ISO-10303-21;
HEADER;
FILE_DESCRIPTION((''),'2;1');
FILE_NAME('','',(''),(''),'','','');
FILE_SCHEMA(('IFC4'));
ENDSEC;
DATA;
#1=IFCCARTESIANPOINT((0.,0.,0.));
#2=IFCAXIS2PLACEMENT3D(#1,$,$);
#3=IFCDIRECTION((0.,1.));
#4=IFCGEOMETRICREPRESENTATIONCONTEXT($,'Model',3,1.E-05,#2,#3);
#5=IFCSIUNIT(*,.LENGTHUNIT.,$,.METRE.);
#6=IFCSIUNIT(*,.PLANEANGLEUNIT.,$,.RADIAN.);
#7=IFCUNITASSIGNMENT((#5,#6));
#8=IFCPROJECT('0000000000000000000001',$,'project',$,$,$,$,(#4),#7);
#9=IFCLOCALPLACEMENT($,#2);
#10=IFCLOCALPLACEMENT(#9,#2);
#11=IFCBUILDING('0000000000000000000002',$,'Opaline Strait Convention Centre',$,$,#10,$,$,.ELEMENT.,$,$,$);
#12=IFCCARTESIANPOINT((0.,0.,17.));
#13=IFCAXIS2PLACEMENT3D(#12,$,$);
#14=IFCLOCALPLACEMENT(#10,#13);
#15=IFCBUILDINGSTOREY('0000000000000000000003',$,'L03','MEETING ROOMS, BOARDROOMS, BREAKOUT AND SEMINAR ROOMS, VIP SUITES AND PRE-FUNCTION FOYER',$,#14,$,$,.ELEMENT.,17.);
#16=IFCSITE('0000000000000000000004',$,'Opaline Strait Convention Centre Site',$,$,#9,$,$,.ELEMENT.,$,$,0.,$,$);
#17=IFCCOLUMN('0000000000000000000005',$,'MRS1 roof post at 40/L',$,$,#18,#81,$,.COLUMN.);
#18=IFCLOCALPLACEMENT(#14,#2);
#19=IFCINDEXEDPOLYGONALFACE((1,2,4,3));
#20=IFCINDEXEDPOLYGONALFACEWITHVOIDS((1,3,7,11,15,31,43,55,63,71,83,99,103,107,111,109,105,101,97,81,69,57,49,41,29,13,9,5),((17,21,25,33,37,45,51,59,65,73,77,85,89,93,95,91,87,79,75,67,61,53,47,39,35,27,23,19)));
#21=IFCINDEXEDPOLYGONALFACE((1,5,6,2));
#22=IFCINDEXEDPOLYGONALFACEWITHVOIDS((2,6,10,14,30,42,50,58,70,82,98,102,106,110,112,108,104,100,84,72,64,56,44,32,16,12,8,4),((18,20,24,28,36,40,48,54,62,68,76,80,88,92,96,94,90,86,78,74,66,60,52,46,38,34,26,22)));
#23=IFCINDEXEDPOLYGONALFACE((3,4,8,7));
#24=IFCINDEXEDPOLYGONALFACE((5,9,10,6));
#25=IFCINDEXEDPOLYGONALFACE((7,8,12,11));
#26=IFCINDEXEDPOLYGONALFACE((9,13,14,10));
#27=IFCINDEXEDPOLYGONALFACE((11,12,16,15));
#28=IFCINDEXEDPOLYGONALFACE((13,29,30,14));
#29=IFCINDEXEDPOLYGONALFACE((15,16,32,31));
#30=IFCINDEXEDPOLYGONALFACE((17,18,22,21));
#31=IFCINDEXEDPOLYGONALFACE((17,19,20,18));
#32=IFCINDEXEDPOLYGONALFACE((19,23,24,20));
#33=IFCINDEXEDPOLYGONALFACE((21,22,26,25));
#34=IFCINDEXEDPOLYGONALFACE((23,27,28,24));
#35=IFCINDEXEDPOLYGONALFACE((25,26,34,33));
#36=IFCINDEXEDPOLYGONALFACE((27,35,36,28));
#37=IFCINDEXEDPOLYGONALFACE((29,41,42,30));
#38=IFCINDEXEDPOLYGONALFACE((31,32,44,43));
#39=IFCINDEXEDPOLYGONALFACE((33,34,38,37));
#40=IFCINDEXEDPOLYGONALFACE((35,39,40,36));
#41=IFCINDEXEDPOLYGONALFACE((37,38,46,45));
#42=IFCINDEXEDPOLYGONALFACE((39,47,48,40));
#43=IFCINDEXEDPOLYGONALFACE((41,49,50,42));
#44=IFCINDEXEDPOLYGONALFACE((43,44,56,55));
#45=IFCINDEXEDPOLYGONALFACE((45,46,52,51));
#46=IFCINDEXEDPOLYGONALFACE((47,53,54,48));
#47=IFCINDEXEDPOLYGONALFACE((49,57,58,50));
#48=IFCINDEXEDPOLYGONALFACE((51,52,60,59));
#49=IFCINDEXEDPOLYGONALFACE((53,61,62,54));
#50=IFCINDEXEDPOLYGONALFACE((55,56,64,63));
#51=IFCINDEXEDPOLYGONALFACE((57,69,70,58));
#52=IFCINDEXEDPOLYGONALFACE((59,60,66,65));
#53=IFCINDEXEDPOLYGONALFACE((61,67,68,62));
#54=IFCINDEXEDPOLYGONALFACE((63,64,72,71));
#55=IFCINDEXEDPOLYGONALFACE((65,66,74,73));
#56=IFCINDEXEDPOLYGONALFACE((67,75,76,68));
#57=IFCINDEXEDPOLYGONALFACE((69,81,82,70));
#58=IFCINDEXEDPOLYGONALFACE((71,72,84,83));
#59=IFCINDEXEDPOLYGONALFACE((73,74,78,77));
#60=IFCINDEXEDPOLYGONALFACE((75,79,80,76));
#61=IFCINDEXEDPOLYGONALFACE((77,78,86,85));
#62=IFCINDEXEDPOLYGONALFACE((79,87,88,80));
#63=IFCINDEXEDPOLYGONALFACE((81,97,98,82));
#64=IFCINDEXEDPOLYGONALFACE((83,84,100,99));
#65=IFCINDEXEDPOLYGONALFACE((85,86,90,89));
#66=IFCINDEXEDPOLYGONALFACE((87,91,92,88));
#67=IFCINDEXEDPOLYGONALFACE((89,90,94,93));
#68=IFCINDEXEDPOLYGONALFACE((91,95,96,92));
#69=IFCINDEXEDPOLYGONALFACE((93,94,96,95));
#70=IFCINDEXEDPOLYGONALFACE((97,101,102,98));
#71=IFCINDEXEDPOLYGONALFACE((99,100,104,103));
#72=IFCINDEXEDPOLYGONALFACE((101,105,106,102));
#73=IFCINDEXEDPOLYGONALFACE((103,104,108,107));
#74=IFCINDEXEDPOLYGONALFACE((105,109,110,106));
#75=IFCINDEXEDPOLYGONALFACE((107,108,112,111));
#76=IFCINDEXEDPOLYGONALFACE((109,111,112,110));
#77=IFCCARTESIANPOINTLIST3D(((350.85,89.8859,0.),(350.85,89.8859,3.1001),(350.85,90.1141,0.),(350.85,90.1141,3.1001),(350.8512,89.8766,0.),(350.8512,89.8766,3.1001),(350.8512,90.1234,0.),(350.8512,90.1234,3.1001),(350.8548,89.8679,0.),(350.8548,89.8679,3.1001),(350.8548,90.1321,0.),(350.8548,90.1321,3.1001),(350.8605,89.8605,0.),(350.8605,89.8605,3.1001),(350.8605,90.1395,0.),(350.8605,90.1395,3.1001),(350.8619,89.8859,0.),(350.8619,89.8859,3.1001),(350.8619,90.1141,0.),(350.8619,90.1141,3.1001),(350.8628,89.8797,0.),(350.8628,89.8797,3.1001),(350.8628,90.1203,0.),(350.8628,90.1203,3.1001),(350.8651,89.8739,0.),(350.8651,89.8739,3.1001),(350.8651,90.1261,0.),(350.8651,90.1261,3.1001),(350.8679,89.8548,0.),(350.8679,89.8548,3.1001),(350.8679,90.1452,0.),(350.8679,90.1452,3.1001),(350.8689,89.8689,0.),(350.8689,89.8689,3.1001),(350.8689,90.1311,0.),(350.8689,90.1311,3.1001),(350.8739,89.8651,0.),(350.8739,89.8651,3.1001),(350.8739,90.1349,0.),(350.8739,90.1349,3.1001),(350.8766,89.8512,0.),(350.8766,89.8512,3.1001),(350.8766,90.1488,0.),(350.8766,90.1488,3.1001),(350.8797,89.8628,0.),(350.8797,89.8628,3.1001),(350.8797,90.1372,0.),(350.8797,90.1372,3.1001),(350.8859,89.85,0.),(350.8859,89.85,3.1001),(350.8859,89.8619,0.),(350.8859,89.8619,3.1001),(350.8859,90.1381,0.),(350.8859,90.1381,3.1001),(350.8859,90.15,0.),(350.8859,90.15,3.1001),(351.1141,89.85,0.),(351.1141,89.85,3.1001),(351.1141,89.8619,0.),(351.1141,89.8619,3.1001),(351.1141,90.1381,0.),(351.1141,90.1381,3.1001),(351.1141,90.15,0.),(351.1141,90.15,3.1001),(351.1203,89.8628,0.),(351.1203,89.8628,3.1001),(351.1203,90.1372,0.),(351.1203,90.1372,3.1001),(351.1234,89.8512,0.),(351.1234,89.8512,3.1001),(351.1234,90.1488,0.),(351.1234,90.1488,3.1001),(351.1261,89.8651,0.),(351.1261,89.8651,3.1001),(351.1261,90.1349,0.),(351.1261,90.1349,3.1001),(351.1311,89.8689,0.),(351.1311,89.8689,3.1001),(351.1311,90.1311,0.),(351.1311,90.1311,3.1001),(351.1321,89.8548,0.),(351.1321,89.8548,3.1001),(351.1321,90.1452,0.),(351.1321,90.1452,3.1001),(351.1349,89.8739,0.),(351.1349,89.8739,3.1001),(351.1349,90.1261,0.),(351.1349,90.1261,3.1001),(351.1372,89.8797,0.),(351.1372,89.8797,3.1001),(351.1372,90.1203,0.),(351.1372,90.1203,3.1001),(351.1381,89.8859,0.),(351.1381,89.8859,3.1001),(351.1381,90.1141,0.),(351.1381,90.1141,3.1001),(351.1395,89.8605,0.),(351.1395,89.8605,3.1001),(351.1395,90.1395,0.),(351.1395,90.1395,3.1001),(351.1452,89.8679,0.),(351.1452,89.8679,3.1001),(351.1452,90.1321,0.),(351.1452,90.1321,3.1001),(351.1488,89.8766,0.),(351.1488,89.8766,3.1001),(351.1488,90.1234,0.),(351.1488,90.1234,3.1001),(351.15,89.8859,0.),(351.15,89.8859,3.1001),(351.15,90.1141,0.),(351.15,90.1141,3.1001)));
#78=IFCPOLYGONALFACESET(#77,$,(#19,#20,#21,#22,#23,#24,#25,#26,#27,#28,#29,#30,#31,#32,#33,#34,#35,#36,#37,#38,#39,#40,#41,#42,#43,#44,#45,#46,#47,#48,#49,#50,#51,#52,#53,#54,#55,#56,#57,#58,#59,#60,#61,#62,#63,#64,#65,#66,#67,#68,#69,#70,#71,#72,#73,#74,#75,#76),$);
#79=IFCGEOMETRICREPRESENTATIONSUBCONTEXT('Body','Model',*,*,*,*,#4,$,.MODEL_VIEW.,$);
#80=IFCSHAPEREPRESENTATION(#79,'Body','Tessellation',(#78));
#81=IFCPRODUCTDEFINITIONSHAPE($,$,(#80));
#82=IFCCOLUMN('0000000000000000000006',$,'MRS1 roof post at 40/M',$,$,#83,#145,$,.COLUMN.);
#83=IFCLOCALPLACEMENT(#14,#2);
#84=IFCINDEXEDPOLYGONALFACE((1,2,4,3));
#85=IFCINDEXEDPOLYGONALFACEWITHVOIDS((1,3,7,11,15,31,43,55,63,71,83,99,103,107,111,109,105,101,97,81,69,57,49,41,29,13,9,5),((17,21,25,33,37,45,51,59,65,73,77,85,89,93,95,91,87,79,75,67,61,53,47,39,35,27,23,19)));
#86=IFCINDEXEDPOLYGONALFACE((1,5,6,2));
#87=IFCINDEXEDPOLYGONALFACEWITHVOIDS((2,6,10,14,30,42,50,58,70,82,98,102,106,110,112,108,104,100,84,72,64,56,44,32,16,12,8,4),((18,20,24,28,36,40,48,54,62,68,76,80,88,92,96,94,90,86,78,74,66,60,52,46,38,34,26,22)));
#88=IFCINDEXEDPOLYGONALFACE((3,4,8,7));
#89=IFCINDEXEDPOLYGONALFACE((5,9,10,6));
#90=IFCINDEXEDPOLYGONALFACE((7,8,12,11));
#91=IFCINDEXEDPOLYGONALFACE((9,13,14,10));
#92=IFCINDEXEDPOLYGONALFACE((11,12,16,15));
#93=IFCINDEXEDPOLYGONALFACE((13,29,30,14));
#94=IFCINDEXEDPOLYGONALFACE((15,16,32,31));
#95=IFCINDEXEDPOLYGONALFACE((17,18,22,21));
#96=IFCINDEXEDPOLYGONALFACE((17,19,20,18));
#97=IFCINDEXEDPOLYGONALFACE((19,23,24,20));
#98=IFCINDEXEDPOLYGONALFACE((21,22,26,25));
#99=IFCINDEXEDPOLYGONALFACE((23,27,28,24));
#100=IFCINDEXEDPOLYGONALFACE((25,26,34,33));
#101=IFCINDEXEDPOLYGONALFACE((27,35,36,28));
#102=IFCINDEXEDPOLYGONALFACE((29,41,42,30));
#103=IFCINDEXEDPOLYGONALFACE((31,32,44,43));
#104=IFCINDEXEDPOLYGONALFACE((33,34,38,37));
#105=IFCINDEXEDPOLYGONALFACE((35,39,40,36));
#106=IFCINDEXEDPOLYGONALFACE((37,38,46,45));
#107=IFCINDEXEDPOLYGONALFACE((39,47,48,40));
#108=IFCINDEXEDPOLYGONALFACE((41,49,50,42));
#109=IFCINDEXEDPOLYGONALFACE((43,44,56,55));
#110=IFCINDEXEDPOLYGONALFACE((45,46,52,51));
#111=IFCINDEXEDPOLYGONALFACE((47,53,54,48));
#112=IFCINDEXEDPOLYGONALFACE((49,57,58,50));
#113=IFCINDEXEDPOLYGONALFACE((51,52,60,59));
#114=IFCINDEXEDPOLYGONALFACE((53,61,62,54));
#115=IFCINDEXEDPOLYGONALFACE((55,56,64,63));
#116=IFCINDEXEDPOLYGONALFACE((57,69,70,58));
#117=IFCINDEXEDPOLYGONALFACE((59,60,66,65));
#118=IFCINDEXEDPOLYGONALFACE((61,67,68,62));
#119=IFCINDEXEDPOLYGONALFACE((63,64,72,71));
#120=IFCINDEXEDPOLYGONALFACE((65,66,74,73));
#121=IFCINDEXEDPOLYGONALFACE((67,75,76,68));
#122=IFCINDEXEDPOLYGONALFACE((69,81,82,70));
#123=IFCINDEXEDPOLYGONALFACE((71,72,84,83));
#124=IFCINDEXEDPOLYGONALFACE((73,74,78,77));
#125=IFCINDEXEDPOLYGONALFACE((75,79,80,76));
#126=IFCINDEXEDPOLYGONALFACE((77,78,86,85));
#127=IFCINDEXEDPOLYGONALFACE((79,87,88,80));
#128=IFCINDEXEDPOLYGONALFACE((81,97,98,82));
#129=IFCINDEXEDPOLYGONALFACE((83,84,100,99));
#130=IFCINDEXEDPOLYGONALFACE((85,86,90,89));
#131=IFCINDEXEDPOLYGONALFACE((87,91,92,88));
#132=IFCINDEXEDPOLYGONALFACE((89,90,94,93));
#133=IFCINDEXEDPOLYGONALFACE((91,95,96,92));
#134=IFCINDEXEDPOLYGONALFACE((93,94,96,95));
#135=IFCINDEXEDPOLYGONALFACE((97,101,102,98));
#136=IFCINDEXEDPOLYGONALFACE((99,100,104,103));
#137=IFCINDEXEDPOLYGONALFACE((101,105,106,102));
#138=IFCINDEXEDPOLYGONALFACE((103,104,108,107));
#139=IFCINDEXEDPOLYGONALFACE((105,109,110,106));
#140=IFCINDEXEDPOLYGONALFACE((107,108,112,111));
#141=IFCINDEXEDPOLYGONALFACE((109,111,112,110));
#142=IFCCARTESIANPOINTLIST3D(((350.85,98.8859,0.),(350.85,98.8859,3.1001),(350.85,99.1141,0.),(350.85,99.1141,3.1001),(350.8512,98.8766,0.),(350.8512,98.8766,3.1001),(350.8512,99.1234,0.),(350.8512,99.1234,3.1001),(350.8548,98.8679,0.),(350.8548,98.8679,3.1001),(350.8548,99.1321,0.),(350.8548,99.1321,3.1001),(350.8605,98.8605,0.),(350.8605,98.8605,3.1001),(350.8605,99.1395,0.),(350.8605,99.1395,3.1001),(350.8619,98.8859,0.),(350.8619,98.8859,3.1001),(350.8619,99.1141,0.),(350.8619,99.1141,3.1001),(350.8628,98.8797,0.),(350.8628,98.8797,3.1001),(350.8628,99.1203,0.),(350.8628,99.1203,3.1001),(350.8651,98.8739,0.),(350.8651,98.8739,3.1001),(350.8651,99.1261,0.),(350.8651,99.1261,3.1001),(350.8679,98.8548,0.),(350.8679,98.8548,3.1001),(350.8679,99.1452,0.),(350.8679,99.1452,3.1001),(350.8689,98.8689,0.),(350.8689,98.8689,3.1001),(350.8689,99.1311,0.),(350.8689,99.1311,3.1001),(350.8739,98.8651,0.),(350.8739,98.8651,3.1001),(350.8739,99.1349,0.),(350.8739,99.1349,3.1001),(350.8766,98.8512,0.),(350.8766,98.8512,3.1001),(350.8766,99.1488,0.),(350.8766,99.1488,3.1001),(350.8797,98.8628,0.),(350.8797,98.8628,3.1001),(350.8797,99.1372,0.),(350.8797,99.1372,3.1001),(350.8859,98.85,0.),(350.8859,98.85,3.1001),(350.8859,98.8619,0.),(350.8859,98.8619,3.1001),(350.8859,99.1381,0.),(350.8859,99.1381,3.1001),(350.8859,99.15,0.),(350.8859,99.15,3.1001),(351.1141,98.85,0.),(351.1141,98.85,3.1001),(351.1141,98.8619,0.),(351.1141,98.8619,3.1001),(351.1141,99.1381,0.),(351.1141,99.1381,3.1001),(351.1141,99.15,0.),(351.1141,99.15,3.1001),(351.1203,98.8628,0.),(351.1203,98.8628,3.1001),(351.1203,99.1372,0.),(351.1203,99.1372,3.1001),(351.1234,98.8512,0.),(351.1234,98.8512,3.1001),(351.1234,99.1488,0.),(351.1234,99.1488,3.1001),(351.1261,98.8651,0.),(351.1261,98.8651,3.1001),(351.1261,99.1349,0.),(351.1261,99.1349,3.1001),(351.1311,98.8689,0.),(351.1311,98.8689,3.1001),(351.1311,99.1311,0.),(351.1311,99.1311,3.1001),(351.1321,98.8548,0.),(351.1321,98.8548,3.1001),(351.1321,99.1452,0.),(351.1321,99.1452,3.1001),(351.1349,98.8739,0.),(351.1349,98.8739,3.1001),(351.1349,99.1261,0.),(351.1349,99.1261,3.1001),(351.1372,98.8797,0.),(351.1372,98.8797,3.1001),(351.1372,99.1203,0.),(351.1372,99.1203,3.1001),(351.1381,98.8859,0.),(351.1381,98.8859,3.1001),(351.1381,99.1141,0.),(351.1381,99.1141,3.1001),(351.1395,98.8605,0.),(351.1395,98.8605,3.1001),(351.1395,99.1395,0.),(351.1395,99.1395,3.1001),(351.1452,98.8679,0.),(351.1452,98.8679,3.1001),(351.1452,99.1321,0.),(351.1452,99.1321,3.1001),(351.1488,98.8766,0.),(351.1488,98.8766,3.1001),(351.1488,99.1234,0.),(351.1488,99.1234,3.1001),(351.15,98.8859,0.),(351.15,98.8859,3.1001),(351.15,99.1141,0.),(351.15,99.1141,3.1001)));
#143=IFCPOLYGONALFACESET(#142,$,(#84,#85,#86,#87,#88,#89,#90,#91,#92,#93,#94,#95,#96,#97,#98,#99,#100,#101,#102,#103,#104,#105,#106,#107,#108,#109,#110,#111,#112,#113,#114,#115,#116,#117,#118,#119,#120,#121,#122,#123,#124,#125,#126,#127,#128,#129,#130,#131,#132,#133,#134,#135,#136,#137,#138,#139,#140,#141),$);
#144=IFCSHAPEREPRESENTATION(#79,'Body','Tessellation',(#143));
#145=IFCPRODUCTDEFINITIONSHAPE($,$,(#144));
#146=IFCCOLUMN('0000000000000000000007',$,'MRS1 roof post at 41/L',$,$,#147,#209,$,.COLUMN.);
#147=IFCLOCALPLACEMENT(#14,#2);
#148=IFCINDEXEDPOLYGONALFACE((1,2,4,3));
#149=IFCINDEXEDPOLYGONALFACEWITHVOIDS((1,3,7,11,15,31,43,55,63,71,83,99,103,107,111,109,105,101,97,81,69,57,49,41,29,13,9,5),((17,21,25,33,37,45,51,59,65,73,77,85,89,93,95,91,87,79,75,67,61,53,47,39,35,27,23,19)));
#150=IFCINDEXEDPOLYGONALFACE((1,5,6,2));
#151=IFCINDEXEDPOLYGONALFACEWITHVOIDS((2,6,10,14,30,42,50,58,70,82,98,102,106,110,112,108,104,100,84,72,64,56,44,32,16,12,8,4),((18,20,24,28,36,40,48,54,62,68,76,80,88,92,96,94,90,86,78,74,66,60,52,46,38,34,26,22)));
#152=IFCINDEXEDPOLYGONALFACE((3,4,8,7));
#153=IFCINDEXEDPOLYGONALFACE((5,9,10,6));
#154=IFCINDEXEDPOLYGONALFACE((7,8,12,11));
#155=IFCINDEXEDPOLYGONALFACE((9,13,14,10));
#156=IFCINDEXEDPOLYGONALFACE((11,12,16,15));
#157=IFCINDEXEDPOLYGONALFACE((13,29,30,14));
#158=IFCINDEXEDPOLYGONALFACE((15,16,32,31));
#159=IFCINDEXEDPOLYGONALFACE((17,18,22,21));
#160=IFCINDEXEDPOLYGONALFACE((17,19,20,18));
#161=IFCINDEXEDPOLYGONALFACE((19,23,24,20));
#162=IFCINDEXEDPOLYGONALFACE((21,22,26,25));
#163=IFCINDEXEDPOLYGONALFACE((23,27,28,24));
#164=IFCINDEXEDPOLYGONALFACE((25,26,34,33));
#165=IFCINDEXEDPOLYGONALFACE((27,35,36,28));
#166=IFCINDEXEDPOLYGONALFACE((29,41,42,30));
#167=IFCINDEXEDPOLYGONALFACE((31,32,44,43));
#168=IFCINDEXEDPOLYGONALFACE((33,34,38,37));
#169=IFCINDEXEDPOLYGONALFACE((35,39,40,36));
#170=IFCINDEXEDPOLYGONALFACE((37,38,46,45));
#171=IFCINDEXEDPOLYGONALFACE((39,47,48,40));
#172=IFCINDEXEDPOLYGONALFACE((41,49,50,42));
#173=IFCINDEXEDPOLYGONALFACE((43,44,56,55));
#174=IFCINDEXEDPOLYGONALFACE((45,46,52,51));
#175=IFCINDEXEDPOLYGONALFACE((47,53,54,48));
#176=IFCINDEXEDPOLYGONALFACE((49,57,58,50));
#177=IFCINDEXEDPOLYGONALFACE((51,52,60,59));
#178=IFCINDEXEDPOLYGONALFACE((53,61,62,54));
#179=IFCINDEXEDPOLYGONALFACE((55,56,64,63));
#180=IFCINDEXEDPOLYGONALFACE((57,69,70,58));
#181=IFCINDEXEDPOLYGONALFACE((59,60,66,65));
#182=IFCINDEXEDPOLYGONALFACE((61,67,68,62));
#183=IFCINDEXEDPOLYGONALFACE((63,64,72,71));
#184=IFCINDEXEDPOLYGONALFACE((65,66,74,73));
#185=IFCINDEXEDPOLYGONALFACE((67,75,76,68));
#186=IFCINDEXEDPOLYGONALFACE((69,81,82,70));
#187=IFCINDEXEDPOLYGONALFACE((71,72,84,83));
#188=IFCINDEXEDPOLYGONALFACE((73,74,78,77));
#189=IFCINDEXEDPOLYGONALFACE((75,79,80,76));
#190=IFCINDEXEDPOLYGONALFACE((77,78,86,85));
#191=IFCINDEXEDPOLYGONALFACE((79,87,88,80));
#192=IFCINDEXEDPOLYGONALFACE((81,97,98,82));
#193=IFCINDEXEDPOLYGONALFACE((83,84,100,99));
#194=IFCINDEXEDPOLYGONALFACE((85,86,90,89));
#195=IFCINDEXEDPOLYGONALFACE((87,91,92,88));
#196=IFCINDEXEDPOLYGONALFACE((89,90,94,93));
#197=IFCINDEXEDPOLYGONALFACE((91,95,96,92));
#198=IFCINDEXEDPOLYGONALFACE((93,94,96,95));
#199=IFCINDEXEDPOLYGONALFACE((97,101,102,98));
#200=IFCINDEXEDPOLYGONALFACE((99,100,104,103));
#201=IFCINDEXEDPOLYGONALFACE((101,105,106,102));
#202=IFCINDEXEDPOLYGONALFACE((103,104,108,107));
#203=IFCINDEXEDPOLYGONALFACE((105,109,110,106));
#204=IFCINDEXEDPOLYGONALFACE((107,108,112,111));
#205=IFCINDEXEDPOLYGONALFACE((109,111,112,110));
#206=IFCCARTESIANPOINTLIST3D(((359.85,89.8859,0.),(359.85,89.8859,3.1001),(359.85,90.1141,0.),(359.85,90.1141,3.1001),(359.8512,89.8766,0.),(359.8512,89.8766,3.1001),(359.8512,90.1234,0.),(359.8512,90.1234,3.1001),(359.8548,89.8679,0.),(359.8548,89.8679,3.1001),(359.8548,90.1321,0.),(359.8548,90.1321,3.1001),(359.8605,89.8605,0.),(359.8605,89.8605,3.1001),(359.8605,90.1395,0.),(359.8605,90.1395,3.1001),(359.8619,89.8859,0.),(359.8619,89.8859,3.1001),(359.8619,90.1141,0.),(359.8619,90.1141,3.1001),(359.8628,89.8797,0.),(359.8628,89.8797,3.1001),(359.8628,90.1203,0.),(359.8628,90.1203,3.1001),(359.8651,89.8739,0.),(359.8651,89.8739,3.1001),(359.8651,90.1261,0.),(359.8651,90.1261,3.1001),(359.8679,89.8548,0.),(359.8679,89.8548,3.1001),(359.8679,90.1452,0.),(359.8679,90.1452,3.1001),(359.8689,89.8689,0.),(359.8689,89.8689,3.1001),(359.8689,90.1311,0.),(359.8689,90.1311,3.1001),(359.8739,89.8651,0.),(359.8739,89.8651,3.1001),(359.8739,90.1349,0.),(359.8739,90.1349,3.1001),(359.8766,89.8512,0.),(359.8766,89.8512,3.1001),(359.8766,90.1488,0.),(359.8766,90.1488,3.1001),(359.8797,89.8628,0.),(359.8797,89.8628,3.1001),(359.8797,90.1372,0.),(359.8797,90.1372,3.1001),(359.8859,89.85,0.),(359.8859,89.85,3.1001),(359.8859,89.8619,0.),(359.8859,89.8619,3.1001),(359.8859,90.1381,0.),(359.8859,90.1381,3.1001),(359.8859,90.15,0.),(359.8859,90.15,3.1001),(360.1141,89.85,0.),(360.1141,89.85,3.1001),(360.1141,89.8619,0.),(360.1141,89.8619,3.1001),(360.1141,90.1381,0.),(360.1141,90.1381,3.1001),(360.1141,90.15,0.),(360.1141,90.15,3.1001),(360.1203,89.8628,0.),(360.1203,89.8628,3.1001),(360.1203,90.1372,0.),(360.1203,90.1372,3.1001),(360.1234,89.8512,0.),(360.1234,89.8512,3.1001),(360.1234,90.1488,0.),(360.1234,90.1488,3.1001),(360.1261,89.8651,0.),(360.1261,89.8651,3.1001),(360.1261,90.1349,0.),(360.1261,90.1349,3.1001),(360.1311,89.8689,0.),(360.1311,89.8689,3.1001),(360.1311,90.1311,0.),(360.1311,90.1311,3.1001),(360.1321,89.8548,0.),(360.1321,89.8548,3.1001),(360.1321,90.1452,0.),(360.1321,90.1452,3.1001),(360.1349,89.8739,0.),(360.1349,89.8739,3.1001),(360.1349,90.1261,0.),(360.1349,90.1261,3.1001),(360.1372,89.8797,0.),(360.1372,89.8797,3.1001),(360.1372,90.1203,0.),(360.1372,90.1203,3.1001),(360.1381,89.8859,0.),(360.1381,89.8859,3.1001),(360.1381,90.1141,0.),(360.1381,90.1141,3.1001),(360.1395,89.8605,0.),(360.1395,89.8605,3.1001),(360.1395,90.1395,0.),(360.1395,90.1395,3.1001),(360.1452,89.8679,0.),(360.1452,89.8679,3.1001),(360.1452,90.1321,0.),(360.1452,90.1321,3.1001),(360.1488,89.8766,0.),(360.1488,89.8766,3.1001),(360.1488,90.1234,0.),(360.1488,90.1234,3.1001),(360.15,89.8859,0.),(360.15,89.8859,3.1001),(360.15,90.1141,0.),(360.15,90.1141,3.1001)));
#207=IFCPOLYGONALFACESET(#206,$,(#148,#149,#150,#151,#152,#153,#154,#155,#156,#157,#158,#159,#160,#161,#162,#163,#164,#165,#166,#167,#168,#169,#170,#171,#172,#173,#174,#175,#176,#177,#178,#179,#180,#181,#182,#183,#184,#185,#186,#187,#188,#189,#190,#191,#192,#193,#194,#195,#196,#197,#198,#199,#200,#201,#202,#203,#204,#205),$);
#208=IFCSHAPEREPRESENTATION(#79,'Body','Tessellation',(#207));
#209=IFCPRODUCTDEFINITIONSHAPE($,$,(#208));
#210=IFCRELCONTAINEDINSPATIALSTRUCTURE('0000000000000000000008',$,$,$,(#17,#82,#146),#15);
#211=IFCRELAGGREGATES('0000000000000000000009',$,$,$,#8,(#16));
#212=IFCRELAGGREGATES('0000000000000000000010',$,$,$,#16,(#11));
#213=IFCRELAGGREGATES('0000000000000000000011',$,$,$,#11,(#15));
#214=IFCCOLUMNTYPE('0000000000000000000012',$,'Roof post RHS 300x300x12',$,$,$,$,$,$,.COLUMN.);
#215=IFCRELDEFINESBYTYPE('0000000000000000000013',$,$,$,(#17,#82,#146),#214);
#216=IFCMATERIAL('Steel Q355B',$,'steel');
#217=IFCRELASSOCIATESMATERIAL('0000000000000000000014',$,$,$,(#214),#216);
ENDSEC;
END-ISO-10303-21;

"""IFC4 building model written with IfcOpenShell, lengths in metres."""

from ifc_helpers import new_model, si_unit, direction, frame, origin, origin_2d, place, context, subcontext, project, spatial, hollow_rectangle, extrude, material, material_profile, profile_set, type_object, element, save


model = new_model("IFC4")

# Units and contexts
model_context = context("Model", 3, precision=1e-05, world=origin(), true_north=direction((0.0, 1.0)))
body_context = subcontext(model_context, "Body", "Model", "MODEL_VIEW")
ifc_project = project(units=[si_unit("LENGTHUNIT", "METRE"), si_unit("PLANEANGLEUNIT", "RADIAN")], contexts=[model_context])

# Site, building, storey
site_placement = place(None, origin())
site = spatial("IfcSite", under=ifc_project, at=site_placement, Name="Opaline Strait Convention Centre Site", CompositionType="ELEMENT", RefElevation=0.0)
building_placement = place(site_placement, origin())
building = spatial("IfcBuilding", under=site, at=building_placement, Name="Opaline Strait Convention Centre", CompositionType="ELEMENT")
storey_placement = place(building_placement, frame((0.0, 0.0, 17.0)))
storey = spatial("IfcBuildingStorey", under=building, at=storey_placement, Name="L03", Description="MEETING ROOMS, BOARDROOMS, BREAKOUT AND SEMINAR ROOMS, VIP SUITES AND PRE-FUNCTION FOYER", CompositionType="ELEMENT", Elevation=17.0)

# Columns
ifc_material_1 = material(Name="Steel Q355B", Category="steel")
ifc_material_profile_1 = material_profile(ifc_material_1, hollow_rectangle(XDim=0.3, YDim=0.3, WallThickness=0.012, InnerFilletRadius=0.0239, OuterFilletRadius=0.0359, at=origin_2d()), Name="RHS 300x300x12")
ifc_profile_set_1 = profile_set([ifc_material_profile_1], Name="Steel Q355B")
column_type = type_object("IfcColumnType", Name="Roof post RHS 300x300x12", PredefinedType="COLUMN", material=ifc_profile_set_1)
for number, where, z_axis, x_axis, name in (
    (1, (351.0, 90.0, 0.0), (0.0, 0.0, 1.0), (1.0, 0.0, 0.0), "MRS1 roof post at 40/L"),
    (2, (351.0, 99.0, 0.0), (0.0, 0.0, 1.0), (1.0, 0.0, 0.0), "MRS1 roof post at 40/M"),
    (3, (360.0, 90.0, 0.0), (0.0, 0.0, 1.0), (1.0, 0.0, 0.0), "MRS1 roof post at 41/L"),
):
    element("IfcColumn", number, at=place(storey_placement, frame(where, z_axis=z_axis, x_axis=x_axis)), inside=storey, type_object=column_type, Name=name, PredefinedType="COLUMN", context=body_context, shape_type="SweptSolid", body=[
        extrude(hollow_rectangle(XDim=0.3, YDim=0.3, WallThickness=0.012, InnerFilletRadius=0.0239, OuterFilletRadius=0.0359, at=origin_2d()), origin(), (0.0, 0.0, 1.0), 3.1001),
    ])

save(model, "model.ifc")
